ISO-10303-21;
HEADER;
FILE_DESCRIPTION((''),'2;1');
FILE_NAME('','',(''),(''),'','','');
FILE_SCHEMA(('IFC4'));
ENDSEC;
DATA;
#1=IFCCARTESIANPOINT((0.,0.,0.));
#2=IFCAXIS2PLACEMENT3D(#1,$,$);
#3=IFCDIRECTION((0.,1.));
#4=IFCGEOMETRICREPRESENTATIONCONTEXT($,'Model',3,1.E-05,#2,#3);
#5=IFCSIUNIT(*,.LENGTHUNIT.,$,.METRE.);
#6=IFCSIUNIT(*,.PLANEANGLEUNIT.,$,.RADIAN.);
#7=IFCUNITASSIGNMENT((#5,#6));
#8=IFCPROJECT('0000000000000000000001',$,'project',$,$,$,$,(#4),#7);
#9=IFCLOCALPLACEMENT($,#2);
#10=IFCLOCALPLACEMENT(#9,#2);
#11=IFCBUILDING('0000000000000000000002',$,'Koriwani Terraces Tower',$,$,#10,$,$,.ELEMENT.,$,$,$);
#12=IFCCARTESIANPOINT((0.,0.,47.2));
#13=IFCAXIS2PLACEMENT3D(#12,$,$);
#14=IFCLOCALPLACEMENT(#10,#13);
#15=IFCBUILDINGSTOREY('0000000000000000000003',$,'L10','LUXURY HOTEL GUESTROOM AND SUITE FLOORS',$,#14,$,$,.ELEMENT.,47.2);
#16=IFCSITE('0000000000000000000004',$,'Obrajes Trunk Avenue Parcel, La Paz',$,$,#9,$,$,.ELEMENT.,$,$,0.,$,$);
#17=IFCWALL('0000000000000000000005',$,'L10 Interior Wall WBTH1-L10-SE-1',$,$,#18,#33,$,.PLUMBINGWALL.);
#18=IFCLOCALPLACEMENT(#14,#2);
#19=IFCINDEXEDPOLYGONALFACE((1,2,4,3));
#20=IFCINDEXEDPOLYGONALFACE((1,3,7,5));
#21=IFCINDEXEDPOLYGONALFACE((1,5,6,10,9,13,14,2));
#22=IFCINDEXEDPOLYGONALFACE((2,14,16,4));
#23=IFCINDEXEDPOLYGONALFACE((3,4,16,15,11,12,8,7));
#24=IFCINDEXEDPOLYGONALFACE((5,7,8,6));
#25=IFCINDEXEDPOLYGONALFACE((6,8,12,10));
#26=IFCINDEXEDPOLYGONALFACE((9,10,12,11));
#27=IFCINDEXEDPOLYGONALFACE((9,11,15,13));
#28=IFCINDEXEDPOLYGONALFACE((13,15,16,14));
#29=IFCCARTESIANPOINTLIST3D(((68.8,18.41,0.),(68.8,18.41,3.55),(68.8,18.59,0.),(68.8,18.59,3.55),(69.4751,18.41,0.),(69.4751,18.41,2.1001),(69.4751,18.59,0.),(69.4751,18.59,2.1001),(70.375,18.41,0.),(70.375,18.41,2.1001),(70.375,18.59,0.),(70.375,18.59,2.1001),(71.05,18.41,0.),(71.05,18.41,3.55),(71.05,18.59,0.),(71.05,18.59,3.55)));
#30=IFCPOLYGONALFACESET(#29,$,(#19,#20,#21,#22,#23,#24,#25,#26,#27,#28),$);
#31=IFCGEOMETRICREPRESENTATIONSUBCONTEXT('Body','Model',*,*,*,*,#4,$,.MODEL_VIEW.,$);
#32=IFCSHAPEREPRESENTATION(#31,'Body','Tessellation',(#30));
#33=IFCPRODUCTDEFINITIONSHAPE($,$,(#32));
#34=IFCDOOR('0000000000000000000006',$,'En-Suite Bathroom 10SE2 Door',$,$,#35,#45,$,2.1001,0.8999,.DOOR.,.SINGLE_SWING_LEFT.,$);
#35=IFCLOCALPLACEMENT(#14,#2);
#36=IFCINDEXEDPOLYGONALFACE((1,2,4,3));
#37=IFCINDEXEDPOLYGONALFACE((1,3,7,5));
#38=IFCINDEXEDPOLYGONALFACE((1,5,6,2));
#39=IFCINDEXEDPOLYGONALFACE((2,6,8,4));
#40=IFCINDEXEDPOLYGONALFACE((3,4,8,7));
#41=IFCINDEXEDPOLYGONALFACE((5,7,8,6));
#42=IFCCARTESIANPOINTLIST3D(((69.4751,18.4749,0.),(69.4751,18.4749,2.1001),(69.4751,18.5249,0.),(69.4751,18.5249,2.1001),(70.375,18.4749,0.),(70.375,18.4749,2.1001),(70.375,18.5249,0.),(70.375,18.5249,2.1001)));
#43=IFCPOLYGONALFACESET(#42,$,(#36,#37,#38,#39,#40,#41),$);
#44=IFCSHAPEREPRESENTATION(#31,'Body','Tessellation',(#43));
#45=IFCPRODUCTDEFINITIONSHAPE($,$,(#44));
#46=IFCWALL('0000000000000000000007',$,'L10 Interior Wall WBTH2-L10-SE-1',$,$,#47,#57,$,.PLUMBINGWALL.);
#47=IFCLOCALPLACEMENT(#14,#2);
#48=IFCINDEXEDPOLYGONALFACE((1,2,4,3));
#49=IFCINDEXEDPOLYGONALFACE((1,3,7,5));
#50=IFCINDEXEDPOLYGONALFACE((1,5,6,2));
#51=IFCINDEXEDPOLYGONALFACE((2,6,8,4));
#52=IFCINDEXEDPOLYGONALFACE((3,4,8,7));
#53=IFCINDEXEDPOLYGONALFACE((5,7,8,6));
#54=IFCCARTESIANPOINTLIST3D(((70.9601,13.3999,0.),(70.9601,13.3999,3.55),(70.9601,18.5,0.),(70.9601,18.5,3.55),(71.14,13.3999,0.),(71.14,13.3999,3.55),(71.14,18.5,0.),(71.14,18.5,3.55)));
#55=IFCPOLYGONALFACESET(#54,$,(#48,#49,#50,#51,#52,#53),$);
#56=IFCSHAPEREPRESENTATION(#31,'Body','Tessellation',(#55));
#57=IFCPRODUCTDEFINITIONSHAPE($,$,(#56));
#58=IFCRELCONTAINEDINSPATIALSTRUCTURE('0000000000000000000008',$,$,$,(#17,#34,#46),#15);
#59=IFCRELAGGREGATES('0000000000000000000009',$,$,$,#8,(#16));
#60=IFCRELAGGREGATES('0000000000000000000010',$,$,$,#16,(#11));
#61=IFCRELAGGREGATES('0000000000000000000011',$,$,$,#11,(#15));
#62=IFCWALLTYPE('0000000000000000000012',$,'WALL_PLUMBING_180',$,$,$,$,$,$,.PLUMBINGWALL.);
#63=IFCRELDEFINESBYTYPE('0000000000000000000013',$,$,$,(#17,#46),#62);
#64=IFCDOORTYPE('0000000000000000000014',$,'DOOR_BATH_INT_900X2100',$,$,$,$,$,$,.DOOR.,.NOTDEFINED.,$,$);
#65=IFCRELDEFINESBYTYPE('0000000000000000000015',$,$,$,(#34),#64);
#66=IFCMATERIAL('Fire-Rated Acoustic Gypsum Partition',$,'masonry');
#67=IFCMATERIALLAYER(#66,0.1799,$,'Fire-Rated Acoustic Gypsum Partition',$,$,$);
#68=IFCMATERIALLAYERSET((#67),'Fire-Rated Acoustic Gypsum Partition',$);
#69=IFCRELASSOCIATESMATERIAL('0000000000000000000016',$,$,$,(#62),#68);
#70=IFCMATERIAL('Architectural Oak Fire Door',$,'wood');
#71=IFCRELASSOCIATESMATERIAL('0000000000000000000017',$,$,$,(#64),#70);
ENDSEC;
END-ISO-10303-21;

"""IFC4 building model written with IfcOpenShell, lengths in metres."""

from ifc_helpers import new_model, si_unit, direction, frame, frame_2d, origin, place, context, subcontext, project, spatial, rectangle, extrude, material, layer, layer_set, type_object, element, fill, save


model = new_model("IFC4")

# Units and contexts
model_context = context("Model", 3, precision=1e-05, world=origin(), true_north=direction((0.0, 1.0)))
body_context = subcontext(model_context, "Body", "Model", "MODEL_VIEW")
ifc_project = project(units=[si_unit("LENGTHUNIT", "METRE"), si_unit("PLANEANGLEUNIT", "RADIAN")], contexts=[model_context])

# Site, building, storey
site_placement = place(None, origin())
site = spatial("IfcSite", under=ifc_project, at=site_placement, Name="Obrajes Trunk Avenue Parcel, La Paz", CompositionType="ELEMENT", RefElevation=0.0)
building_placement = place(site_placement, origin())
building = spatial("IfcBuilding", under=site, at=building_placement, Name="Koriwani Terraces Tower", CompositionType="ELEMENT")
storey_placement = place(building_placement, frame((0.0, 0.0, 47.2)))
storey = spatial("IfcBuildingStorey", under=building, at=storey_placement, Name="L10", Description="LUXURY HOTEL GUESTROOM AND SUITE FLOORS", CompositionType="ELEMENT", Elevation=47.2)

# Shared definitions
ifc_material_1 = material(Name="Architectural Oak Fire Door", Category="wood")

# Shared definitions
ifc_material_2 = material(Name="Fire-Rated Acoustic Gypsum Partition", Category="masonry")
ifc_layer_1 = layer(ifc_material_2, 0.1799, Name="Fire-Rated Acoustic Gypsum Partition")
ifc_layer_set_1 = layer_set([ifc_layer_1], Name="Fire-Rated Acoustic Gypsum Partition")
wall_type_1 = type_object("IfcWallType", Name="WALL_PLUMBING_180", PredefinedType="PLUMBINGWALL", material=ifc_layer_set_1)
door_type_1 = type_object("IfcDoorType", Name="DOOR_BATH_INT_900X2100", OperationType="NOTDEFINED", PredefinedType="DOOR", material=ifc_material_1)

# Wall, opening, door
wall_1_placement = place(storey_placement, frame((68.8, 18.5, 0.0), z_axis=(0.0, 0.0, 1.0), x_axis=(1.0, 0.0, 0.0)))
wall_1 = element("IfcWall", 1, at=wall_1_placement, inside=storey, type_object=wall_type_1, Name="L10 Interior Wall WBTH1-L10-SE-1", PredefinedType="PLUMBINGWALL", context=body_context, shape_type="SweptSolid", body=[
    extrude(rectangle(XDim=2.25, YDim=0.1799, at=frame_2d((1.125, 0.0))), origin(), (0.0, 0.0, 1.0), 3.55),
])
opening_1_placement = place(wall_1_placement, frame((0.675, 0.0, 0.0)))
opening_1 = element("IfcOpeningElement", 2, at=opening_1_placement, cuts=wall_1, PredefinedType="OPENING", context=body_context, shape_type="SweptSolid", body=[
    extrude(rectangle(XDim=0.8999, YDim=2.1001, at=frame_2d((0.45, 1.05))), frame((0.0, 0.1001, 0.0), z_axis=(0.0, -1.0, 0.0), x_axis=(1.0, 0.0, 0.0)), (0.0, 0.0, 1.0), 0.2),
])
door_1_placement = place(opening_1_placement, origin())
door_1 = element("IfcDoor", 3, at=door_1_placement, inside=storey, type_object=door_type_1, Name="En-Suite Bathroom 10SE2 Door", OperationType="SINGLE_SWING_LEFT", OverallHeight=2.1001, OverallWidth=0.8999, PredefinedType="DOOR", context=body_context, shape_type="SweptSolid", body=[
    extrude(rectangle(XDim=0.8999, YDim=2.1001, at=frame_2d((0.45, 1.05))), frame((0.0, 0.0249, 0.0), z_axis=(0.0, -1.0, 0.0), x_axis=(1.0, 0.0, 0.0)), (0.0, 0.0, 1.0), 0.05),
])
fill(opening_1, door_1)

# Wall
wall_2_placement = place(storey_placement, frame((71.05, 13.3999, 0.0), z_axis=(0.0, 0.0, 1.0), x_axis=(0.0, 1.0, 0.0)))
element("IfcWall", 4, at=wall_2_placement, inside=storey, type_object=wall_type_1, Name="L10 Interior Wall WBTH2-L10-SE-1", PredefinedType="PLUMBINGWALL", context=body_context, shape_type="SweptSolid", body=[
    extrude(rectangle(XDim=5.1001, YDim=0.1799, at=frame_2d((2.55, 0.0))), origin(), (0.0, 0.0, 1.0), 3.55),
])

save(model, "model.ifc")
